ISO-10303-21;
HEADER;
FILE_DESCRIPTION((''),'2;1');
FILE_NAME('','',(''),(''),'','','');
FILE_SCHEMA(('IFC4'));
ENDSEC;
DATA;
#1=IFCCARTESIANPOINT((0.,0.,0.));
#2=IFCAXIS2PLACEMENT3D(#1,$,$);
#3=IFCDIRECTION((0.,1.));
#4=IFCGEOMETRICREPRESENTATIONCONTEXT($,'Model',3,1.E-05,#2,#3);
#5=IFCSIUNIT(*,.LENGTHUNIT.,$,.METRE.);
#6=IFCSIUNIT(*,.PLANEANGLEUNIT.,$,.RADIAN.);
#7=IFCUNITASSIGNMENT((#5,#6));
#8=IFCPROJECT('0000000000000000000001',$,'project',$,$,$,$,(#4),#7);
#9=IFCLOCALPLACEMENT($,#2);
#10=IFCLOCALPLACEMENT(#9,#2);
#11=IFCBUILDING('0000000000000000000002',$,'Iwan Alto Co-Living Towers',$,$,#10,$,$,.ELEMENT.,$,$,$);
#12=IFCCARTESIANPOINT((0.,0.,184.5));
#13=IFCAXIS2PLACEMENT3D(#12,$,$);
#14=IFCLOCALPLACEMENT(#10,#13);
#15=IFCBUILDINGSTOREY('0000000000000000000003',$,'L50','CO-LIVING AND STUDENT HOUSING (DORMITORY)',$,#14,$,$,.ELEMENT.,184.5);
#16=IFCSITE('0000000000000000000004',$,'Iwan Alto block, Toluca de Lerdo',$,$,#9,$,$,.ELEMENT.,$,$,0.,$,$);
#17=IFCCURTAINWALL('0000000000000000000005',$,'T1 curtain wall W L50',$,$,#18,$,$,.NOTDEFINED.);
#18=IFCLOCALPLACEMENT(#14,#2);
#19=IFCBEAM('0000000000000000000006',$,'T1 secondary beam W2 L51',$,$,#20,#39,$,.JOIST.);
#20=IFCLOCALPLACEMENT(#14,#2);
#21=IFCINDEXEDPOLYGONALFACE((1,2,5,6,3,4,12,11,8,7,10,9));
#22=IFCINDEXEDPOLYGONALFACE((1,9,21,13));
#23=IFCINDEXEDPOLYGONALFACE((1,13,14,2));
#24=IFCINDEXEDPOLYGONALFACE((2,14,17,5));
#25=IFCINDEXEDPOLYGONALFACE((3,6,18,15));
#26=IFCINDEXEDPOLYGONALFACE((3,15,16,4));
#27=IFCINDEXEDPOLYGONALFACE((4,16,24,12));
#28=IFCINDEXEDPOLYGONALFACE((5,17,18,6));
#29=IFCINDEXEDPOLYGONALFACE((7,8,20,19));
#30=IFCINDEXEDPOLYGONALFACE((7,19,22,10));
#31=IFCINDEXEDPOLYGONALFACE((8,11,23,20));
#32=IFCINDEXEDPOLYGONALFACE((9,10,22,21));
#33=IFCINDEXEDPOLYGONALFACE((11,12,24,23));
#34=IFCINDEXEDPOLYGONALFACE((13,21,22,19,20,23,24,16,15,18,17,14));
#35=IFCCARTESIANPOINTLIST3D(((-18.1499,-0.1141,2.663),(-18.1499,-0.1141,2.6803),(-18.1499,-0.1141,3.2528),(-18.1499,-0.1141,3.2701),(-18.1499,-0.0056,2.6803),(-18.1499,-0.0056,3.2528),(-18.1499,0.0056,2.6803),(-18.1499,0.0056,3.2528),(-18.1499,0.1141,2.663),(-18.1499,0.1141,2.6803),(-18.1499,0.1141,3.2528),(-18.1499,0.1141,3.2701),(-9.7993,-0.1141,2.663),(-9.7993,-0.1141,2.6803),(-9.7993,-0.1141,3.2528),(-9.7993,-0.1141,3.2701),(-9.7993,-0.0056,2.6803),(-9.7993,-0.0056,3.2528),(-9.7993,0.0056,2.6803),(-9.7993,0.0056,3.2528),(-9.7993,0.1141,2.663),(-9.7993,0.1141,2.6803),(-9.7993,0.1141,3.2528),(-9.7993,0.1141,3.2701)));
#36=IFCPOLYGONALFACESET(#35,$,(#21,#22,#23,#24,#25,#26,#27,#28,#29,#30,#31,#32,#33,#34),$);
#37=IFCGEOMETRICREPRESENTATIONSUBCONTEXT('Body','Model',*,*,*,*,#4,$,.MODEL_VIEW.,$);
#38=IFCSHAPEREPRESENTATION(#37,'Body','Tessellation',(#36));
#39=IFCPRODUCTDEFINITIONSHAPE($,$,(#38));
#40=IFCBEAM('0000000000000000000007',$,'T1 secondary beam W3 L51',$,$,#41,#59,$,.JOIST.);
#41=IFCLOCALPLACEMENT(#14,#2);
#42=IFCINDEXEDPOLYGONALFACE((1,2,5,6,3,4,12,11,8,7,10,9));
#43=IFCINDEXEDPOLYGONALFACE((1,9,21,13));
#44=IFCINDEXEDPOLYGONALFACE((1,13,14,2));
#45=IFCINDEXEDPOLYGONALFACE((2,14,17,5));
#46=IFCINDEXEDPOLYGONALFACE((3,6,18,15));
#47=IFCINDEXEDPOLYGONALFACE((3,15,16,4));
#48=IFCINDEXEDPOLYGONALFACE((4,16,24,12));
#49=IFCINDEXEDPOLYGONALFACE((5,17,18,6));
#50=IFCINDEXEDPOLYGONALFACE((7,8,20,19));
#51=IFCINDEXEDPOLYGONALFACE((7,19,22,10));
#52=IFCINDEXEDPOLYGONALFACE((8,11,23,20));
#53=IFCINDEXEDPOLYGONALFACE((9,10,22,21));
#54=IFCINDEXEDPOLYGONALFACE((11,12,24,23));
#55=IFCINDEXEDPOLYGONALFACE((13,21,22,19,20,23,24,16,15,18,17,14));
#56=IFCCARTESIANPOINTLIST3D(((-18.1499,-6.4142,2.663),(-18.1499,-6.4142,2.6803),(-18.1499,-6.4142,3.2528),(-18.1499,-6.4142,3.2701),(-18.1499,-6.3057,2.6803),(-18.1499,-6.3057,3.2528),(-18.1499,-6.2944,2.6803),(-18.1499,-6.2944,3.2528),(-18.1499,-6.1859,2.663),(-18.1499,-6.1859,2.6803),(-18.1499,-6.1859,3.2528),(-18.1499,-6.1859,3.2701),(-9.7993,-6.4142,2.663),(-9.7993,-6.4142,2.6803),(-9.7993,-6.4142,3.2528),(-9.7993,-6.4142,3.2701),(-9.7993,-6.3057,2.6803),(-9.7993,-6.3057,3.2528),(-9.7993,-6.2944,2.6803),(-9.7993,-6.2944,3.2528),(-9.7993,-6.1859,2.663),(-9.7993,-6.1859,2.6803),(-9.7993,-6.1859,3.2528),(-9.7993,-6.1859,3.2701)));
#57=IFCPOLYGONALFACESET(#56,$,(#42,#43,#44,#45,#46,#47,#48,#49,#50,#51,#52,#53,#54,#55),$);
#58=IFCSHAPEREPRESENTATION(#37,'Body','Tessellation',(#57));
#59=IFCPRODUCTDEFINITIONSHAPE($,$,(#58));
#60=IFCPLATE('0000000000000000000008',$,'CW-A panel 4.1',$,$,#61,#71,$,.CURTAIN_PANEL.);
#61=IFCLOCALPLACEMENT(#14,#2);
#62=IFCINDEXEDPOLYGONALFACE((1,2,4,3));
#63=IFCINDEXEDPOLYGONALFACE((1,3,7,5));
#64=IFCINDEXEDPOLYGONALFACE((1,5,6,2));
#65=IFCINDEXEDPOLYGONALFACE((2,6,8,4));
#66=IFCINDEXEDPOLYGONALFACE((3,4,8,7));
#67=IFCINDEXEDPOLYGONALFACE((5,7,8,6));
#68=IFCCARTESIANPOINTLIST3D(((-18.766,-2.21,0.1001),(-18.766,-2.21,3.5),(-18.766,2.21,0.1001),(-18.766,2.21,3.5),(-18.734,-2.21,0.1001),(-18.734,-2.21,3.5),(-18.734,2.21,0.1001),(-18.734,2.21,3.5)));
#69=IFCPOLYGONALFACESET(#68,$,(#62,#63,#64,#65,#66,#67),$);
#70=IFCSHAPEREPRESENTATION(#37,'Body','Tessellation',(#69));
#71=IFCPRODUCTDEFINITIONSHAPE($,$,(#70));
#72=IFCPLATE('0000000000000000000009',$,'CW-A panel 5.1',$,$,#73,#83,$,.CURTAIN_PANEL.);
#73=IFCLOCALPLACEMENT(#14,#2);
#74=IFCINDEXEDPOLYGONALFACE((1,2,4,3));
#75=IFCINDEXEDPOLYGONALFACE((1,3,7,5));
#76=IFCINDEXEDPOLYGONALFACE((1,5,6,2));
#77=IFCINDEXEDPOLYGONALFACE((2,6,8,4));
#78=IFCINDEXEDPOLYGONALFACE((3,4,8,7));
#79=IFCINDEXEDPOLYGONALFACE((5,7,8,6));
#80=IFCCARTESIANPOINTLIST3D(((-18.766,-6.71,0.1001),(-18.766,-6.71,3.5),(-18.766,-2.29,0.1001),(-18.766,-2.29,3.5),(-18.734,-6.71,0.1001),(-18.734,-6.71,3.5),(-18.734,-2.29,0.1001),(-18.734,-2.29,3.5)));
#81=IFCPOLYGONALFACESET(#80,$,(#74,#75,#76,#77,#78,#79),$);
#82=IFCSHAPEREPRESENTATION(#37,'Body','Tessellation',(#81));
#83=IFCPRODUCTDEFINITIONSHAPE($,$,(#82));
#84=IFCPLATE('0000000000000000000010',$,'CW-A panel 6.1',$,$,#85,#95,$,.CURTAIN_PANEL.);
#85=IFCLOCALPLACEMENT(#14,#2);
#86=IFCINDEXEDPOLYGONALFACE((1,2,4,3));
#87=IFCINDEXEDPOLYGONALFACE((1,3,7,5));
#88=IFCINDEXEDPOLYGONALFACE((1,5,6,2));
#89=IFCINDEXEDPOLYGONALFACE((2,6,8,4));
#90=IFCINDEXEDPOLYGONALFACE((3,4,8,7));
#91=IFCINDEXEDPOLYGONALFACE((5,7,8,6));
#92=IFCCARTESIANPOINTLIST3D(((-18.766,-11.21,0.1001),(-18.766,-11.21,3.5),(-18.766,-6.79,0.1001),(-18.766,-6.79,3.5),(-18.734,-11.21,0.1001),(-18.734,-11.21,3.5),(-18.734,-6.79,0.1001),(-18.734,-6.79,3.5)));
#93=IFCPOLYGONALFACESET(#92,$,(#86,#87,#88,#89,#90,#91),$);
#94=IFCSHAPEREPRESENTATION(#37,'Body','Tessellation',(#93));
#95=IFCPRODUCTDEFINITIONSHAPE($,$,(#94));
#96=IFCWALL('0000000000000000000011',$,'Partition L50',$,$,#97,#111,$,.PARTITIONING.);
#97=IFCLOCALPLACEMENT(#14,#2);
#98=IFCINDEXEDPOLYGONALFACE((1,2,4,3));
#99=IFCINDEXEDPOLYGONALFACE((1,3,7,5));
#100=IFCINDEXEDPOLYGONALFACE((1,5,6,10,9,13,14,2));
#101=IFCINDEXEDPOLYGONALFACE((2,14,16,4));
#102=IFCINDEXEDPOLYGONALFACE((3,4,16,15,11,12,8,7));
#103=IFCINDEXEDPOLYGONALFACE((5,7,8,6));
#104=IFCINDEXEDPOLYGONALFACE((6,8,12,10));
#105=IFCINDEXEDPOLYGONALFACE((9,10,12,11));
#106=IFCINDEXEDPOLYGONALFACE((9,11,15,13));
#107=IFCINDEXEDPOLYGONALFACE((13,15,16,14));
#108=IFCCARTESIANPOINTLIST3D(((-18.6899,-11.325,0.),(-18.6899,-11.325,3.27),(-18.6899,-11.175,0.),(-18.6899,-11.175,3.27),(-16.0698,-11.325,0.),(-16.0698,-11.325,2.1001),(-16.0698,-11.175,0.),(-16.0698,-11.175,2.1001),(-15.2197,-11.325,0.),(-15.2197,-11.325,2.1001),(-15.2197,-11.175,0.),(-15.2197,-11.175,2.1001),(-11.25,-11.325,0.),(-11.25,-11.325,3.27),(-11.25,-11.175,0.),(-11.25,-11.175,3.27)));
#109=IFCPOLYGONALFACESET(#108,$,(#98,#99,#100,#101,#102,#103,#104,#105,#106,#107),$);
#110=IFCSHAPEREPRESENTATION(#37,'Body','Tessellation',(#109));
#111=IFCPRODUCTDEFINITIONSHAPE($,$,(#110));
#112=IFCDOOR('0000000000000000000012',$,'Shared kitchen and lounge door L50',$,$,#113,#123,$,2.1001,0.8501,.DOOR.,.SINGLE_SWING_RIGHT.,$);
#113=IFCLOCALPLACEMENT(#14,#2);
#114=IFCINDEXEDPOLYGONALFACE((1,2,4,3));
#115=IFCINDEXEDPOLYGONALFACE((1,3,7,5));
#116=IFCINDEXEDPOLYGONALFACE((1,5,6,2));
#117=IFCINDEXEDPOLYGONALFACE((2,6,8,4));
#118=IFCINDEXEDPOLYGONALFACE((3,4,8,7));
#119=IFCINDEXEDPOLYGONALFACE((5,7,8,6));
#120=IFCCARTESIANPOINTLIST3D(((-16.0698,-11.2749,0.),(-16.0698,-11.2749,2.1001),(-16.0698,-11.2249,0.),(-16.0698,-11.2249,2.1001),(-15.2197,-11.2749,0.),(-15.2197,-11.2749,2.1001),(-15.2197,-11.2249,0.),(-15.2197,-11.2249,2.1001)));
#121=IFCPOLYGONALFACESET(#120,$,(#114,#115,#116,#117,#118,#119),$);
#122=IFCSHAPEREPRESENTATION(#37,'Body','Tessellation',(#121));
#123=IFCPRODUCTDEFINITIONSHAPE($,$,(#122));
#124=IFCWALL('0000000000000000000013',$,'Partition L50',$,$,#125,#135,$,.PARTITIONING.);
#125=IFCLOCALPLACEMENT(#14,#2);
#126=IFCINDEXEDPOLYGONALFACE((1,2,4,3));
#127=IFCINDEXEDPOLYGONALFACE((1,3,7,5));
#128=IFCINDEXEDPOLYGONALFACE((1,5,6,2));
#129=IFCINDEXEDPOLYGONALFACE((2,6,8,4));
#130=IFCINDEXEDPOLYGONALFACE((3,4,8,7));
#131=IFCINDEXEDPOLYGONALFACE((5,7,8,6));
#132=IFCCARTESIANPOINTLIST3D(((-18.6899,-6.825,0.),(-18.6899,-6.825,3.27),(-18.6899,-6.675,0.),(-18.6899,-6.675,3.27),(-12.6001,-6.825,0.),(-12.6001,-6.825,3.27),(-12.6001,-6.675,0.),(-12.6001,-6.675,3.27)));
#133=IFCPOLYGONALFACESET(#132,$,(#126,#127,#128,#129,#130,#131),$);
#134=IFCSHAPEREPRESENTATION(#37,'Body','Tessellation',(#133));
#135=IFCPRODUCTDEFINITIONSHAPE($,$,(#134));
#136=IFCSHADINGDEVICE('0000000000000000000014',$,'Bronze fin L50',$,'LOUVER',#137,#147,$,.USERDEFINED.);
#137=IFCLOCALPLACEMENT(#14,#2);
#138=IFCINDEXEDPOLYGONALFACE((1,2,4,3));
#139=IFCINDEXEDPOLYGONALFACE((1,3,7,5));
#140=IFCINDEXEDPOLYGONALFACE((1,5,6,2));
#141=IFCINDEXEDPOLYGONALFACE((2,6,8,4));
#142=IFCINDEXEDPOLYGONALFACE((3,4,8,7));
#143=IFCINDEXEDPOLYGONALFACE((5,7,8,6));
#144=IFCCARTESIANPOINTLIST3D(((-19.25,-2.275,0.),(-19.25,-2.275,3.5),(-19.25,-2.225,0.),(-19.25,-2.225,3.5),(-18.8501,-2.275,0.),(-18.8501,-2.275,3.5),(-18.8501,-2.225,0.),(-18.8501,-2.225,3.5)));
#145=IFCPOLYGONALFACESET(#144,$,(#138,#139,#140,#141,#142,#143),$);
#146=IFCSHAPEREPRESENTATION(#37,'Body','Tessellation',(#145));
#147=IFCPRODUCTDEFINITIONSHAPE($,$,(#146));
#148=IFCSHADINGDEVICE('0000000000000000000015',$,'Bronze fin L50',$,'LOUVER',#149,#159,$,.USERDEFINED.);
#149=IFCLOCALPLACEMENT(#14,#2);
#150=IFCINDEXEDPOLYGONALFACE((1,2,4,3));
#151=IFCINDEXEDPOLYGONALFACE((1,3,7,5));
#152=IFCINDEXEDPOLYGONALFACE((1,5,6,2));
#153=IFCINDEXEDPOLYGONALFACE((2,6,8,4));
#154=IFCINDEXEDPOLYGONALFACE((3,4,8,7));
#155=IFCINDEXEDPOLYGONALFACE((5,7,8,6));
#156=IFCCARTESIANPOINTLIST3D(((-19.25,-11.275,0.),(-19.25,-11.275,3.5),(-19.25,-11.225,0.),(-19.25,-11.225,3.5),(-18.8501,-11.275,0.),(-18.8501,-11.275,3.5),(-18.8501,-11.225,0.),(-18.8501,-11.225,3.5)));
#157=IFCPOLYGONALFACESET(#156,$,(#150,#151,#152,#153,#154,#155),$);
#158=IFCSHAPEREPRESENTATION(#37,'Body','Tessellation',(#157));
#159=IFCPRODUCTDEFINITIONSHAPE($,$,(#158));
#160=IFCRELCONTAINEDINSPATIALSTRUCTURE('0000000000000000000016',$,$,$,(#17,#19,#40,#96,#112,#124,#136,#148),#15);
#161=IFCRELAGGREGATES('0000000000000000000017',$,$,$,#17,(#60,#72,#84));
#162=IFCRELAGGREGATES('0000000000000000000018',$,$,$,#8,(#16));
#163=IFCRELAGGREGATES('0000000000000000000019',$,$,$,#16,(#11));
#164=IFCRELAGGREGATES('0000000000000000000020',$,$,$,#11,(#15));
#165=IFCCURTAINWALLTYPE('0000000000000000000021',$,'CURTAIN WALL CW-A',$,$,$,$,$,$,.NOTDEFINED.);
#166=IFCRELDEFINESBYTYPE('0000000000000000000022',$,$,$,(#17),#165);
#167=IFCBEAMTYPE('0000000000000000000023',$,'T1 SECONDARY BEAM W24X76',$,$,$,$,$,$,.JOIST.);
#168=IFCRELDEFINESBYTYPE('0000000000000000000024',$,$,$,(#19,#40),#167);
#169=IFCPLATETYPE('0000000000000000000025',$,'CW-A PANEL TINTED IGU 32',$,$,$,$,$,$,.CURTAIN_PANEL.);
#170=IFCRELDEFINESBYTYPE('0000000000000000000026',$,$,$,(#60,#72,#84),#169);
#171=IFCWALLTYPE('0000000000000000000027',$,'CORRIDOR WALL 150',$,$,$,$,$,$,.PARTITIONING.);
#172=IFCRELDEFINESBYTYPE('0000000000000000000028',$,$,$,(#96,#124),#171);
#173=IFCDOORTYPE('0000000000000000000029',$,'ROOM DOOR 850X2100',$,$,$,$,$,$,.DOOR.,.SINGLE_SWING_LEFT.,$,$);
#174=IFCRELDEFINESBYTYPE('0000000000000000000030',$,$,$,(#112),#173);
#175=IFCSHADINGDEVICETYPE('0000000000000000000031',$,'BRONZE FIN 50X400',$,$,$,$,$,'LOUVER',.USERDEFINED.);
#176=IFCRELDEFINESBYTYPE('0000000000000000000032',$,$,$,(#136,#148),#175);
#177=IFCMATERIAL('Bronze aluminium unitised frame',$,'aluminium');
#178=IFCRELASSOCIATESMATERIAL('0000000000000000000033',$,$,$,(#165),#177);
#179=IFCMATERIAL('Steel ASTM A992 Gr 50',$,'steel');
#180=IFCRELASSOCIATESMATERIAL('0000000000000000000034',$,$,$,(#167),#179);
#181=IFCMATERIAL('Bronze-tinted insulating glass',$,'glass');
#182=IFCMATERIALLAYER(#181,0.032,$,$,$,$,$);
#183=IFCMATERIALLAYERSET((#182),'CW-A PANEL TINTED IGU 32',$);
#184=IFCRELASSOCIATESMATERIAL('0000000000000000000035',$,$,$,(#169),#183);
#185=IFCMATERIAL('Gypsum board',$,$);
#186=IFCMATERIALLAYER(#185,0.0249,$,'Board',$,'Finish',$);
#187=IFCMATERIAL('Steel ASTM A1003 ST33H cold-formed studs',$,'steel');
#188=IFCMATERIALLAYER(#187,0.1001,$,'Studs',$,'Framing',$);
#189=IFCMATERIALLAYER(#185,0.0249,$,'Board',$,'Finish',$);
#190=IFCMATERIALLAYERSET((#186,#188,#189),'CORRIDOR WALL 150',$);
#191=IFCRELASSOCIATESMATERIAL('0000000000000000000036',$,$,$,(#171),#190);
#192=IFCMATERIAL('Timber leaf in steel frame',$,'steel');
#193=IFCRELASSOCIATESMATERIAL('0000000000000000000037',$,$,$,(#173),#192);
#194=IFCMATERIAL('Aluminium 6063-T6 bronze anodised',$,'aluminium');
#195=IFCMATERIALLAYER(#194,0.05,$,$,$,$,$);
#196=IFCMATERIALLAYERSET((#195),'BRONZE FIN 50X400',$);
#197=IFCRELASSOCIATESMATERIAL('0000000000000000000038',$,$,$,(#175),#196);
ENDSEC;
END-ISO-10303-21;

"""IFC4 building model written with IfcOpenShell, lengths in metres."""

from ifc_helpers import new_model, si_unit, direction, frame, frame_2d, origin, origin_2d, place, context, subcontext, project, spatial, rectangle, i_section, extrude, material, layer, layer_set, material_profile, profile_set, type_object, element, fill, aggregate, save


model = new_model("IFC4")

# Units and contexts
model_context = context("Model", 3, precision=1e-05, world=origin(), true_north=direction((0.0, 1.0)))
body_context = subcontext(model_context, "Body", "Model", "MODEL_VIEW")
ifc_project = project(units=[si_unit("LENGTHUNIT", "METRE"), si_unit("PLANEANGLEUNIT", "RADIAN")], contexts=[model_context])

# Site, building, storey
site_placement = place(None, origin())
site = spatial("IfcSite", under=ifc_project, at=site_placement, Name="Iwan Alto block, Toluca de Lerdo", CompositionType="ELEMENT", RefElevation=0.0)
building_placement = place(site_placement, origin())
building = spatial("IfcBuilding", under=site, at=building_placement, Name="Iwan Alto Co-Living Towers", CompositionType="ELEMENT")
storey_placement = place(building_placement, frame((0.0, 0.0, 184.5)))
storey = spatial("IfcBuildingStorey", under=building, at=storey_placement, Name="L50", Description="CO-LIVING AND STUDENT HOUSING (DORMITORY)", CompositionType="ELEMENT", Elevation=184.5)

# Curtain wall
ifc_material_1 = material(Name="Bronze aluminium unitised frame", Category="aluminium")
curtain_wall_type = type_object("IfcCurtainWallType", Name="CURTAIN WALL CW-A", PredefinedType="NOTDEFINED", material=ifc_material_1)
curtain_wall_placement = place(storey_placement, origin())
curtain_wall = element("IfcCurtainWall", 1, at=curtain_wall_placement, inside=storey, type_object=curtain_wall_type, Name="T1 curtain wall W L50", PredefinedType="NOTDEFINED")

# Beams
ifc_material_2 = material(Name="Steel ASTM A992 Gr 50", Category="steel")
ifc_material_profile_1 = material_profile(ifc_material_2, i_section(OverallWidth=0.2283, OverallDepth=0.6072, WebThickness=0.0112, FlangeThickness=0.0173, at=origin_2d()), Name="W24X76")
ifc_profile_set_1 = profile_set([ifc_material_profile_1], Name="Steel ASTM A992 Gr 50")
beam_type_1 = type_object("IfcBeamType", Name="T1 SECONDARY BEAM W24X76", PredefinedType="JOIST", material=ifc_profile_set_1)
for number, where, z_axis, x_axis, name in (
    (2, (-18.1499, 0.0, 2.9666), (1.0, 0.0, 0.0), (0.0, 1.0, 0.0), "T1 secondary beam W2 L51"),
    (3, (-18.1499, -6.3, 2.9666), (1.0, 0.0, 0.0), (0.0, 1.0, 0.0), "T1 secondary beam W3 L51"),
):
    element("IfcBeam", number, at=place(storey_placement, frame(where, z_axis=z_axis, x_axis=x_axis)), inside=storey, type_object=beam_type_1, Name=name, PredefinedType="JOIST", context=body_context, shape_type="SweptSolid", body=[
        extrude(i_section(OverallWidth=0.2283, OverallDepth=0.6072, WebThickness=0.0112, FlangeThickness=0.0173, at=origin_2d()), origin(), (0.0, 0.0, 1.0), 8.3506),
    ])

# Plates
ifc_material_3 = material(Name="Bronze-tinted insulating glass", Category="glass")
ifc_layer_1 = layer(ifc_material_3, 0.032)
ifc_layer_set_1 = layer_set([ifc_layer_1], Name="CW-A PANEL TINTED IGU 32")
plate_type = type_object("IfcPlateType", Name="CW-A PANEL TINTED IGU 32", PredefinedType="CURTAIN_PANEL", material=ifc_layer_set_1)
plate_1_placement = place(storey_placement, frame((-18.75, 0.0, 0.1001), z_axis=(0.0, 0.0, 1.0), x_axis=(0.0, -1.0, 0.0)))
plate_1 = element("IfcPlate", 4, at=plate_1_placement, type_object=plate_type, Name="CW-A panel 4.1", PredefinedType="CURTAIN_PANEL", context=body_context, shape_type="SweptSolid", body=[
    extrude(rectangle(XDim=4.4199, YDim=0.032, at=origin_2d()), origin(), (0.0, 0.0, 1.0), 3.3999),
])
plate_2_placement = place(storey_placement, frame((-18.75, -4.5, 0.1001), z_axis=(0.0, 0.0, 1.0), x_axis=(0.0, -1.0, 0.0)))
plate_2 = element("IfcPlate", 5, at=plate_2_placement, type_object=plate_type, Name="CW-A panel 5.1", PredefinedType="CURTAIN_PANEL", context=body_context, shape_type="SweptSolid", body=[
    extrude(rectangle(XDim=4.4199, YDim=0.032, at=origin_2d()), origin(), (0.0, 0.0, 1.0), 3.3999),
])
plate_3_placement = place(storey_placement, frame((-18.75, -9.0, 0.1001), z_axis=(0.0, 0.0, 1.0), x_axis=(0.0, -1.0, 0.0)))
plate_3 = element("IfcPlate", 6, at=plate_3_placement, type_object=plate_type, Name="CW-A panel 6.1", PredefinedType="CURTAIN_PANEL", context=body_context, shape_type="SweptSolid", body=[
    extrude(rectangle(XDim=4.4199, YDim=0.032, at=origin_2d()), origin(), (0.0, 0.0, 1.0), 3.3999),
])
aggregate(curtain_wall, [plate_1, plate_2, plate_3])

# Wall, opening, door
ifc_material_4 = material(Name="Gypsum board")
ifc_layer_2 = layer(ifc_material_4, 0.0249, Name="Board", Category="Finish")
ifc_material_5 = material(Name="Steel ASTM A1003 ST33H cold-formed studs", Category="steel")
ifc_layer_3 = layer(ifc_material_5, 0.1001, Name="Studs", Category="Framing")
ifc_layer_4 = layer(ifc_material_4, 0.0249, Name="Board", Category="Finish")
ifc_layer_set_2 = layer_set([ifc_layer_2, ifc_layer_3, ifc_layer_4], Name="CORRIDOR WALL 150")
wall_type = type_object("IfcWallType", Name="CORRIDOR WALL 150", PredefinedType="PARTITIONING", material=ifc_layer_set_2)
wall_1_placement = place(storey_placement, frame((-18.6899, -11.25, 0.0), z_axis=(0.0, 0.0, 1.0), x_axis=(1.0, 0.0, 0.0)))
wall_1 = element("IfcWall", 7, at=wall_1_placement, inside=storey, type_object=wall_type, Name="Partition L50", PredefinedType="PARTITIONING", context=body_context, shape_type="SweptSolid", body=[
    extrude(rectangle(XDim=7.4399, YDim=0.1499, at=frame_2d((3.72, 0.0))), origin(), (0.0, 0.0, 1.0), 3.27),
])
opening_placement = place(wall_1_placement, frame((2.6201, 0.0, 0.0)))
opening = element("IfcOpeningElement", 8, at=opening_placement, cuts=wall_1, PredefinedType="OPENING", context=body_context, shape_type="SweptSolid", body=[
    extrude(rectangle(XDim=0.8501, YDim=2.1001, at=frame_2d((0.425, 1.05))), frame((0.0, 0.085, 0.0), z_axis=(0.0, -1.0, 0.0), x_axis=(1.0, 0.0, 0.0)), (0.0, 0.0, 1.0), 0.1699),
])
ifc_material_6 = material(Name="Timber leaf in steel frame", Category="steel")
door_type = type_object("IfcDoorType", Name="ROOM DOOR 850X2100", OperationType="SINGLE_SWING_LEFT", PredefinedType="DOOR", material=ifc_material_6)
door_placement = place(opening_placement, frame((0.8501, 0.0, 0.0), z_axis=(0.0, 0.0, 1.0), x_axis=(-1.0, 0.0, 0.0)))
door = element("IfcDoor", 9, at=door_placement, inside=storey, type_object=door_type, Name="Shared kitchen and lounge door L50", OperationType="SINGLE_SWING_RIGHT", OverallHeight=2.1001, OverallWidth=0.8501, PredefinedType="DOOR", context=body_context, shape_type="SweptSolid", body=[
    extrude(rectangle(XDim=0.8501, YDim=2.1001, at=frame_2d((0.425, 1.05))), frame((0.0, 0.0249, 0.0), z_axis=(0.0, -1.0, 0.0), x_axis=(1.0, 0.0, 0.0)), (0.0, 0.0, 1.0), 0.05),
])
fill(opening, door)

# Wall
wall_2_placement = place(storey_placement, frame((-18.6899, -6.75, 0.0), z_axis=(0.0, 0.0, 1.0), x_axis=(1.0, 0.0, 0.0)))
element("IfcWall", 10, at=wall_2_placement, inside=storey, type_object=wall_type, Name="Partition L50", PredefinedType="PARTITIONING", context=body_context, shape_type="SweptSolid", body=[
    extrude(rectangle(XDim=6.0898, YDim=0.1499, at=frame_2d((3.0449, 0.0))), origin(), (0.0, 0.0, 1.0), 3.27),
])

# Shading devices
ifc_material_7 = material(Name="Aluminium 6063-T6 bronze anodised", Category="aluminium")
ifc_layer_5 = layer(ifc_material_7, 0.05)
ifc_layer_set_3 = layer_set([ifc_layer_5], Name="BRONZE FIN 50X400")
shading_device_type = type_object("IfcShadingDeviceType", Name="BRONZE FIN 50X400", ElementType="LOUVER", PredefinedType="USERDEFINED", material=ifc_layer_set_3)
for number, where, z_axis, x_axis, name in (
    (11, (-19.05, -2.25, 0.0), (0.0, 0.0, 1.0), (0.0, -1.0, 0.0), "Bronze fin L50"),
    (12, (-19.05, -11.25, 0.0), (0.0, 0.0, 1.0), (0.0, -1.0, 0.0), "Bronze fin L50"),
):
    element("IfcShadingDevice", number, at=place(storey_placement, frame(where, z_axis=z_axis, x_axis=x_axis)), inside=storey, type_object=shading_device_type, Name=name, ObjectType="LOUVER", PredefinedType="USERDEFINED", context=body_context, shape_type="SweptSolid", body=[
        extrude(rectangle(XDim=0.05, YDim=0.3999, at=origin_2d()), origin(), (0.0, 0.0, 1.0), 3.5),
    ])

save(model, "model.ifc")
